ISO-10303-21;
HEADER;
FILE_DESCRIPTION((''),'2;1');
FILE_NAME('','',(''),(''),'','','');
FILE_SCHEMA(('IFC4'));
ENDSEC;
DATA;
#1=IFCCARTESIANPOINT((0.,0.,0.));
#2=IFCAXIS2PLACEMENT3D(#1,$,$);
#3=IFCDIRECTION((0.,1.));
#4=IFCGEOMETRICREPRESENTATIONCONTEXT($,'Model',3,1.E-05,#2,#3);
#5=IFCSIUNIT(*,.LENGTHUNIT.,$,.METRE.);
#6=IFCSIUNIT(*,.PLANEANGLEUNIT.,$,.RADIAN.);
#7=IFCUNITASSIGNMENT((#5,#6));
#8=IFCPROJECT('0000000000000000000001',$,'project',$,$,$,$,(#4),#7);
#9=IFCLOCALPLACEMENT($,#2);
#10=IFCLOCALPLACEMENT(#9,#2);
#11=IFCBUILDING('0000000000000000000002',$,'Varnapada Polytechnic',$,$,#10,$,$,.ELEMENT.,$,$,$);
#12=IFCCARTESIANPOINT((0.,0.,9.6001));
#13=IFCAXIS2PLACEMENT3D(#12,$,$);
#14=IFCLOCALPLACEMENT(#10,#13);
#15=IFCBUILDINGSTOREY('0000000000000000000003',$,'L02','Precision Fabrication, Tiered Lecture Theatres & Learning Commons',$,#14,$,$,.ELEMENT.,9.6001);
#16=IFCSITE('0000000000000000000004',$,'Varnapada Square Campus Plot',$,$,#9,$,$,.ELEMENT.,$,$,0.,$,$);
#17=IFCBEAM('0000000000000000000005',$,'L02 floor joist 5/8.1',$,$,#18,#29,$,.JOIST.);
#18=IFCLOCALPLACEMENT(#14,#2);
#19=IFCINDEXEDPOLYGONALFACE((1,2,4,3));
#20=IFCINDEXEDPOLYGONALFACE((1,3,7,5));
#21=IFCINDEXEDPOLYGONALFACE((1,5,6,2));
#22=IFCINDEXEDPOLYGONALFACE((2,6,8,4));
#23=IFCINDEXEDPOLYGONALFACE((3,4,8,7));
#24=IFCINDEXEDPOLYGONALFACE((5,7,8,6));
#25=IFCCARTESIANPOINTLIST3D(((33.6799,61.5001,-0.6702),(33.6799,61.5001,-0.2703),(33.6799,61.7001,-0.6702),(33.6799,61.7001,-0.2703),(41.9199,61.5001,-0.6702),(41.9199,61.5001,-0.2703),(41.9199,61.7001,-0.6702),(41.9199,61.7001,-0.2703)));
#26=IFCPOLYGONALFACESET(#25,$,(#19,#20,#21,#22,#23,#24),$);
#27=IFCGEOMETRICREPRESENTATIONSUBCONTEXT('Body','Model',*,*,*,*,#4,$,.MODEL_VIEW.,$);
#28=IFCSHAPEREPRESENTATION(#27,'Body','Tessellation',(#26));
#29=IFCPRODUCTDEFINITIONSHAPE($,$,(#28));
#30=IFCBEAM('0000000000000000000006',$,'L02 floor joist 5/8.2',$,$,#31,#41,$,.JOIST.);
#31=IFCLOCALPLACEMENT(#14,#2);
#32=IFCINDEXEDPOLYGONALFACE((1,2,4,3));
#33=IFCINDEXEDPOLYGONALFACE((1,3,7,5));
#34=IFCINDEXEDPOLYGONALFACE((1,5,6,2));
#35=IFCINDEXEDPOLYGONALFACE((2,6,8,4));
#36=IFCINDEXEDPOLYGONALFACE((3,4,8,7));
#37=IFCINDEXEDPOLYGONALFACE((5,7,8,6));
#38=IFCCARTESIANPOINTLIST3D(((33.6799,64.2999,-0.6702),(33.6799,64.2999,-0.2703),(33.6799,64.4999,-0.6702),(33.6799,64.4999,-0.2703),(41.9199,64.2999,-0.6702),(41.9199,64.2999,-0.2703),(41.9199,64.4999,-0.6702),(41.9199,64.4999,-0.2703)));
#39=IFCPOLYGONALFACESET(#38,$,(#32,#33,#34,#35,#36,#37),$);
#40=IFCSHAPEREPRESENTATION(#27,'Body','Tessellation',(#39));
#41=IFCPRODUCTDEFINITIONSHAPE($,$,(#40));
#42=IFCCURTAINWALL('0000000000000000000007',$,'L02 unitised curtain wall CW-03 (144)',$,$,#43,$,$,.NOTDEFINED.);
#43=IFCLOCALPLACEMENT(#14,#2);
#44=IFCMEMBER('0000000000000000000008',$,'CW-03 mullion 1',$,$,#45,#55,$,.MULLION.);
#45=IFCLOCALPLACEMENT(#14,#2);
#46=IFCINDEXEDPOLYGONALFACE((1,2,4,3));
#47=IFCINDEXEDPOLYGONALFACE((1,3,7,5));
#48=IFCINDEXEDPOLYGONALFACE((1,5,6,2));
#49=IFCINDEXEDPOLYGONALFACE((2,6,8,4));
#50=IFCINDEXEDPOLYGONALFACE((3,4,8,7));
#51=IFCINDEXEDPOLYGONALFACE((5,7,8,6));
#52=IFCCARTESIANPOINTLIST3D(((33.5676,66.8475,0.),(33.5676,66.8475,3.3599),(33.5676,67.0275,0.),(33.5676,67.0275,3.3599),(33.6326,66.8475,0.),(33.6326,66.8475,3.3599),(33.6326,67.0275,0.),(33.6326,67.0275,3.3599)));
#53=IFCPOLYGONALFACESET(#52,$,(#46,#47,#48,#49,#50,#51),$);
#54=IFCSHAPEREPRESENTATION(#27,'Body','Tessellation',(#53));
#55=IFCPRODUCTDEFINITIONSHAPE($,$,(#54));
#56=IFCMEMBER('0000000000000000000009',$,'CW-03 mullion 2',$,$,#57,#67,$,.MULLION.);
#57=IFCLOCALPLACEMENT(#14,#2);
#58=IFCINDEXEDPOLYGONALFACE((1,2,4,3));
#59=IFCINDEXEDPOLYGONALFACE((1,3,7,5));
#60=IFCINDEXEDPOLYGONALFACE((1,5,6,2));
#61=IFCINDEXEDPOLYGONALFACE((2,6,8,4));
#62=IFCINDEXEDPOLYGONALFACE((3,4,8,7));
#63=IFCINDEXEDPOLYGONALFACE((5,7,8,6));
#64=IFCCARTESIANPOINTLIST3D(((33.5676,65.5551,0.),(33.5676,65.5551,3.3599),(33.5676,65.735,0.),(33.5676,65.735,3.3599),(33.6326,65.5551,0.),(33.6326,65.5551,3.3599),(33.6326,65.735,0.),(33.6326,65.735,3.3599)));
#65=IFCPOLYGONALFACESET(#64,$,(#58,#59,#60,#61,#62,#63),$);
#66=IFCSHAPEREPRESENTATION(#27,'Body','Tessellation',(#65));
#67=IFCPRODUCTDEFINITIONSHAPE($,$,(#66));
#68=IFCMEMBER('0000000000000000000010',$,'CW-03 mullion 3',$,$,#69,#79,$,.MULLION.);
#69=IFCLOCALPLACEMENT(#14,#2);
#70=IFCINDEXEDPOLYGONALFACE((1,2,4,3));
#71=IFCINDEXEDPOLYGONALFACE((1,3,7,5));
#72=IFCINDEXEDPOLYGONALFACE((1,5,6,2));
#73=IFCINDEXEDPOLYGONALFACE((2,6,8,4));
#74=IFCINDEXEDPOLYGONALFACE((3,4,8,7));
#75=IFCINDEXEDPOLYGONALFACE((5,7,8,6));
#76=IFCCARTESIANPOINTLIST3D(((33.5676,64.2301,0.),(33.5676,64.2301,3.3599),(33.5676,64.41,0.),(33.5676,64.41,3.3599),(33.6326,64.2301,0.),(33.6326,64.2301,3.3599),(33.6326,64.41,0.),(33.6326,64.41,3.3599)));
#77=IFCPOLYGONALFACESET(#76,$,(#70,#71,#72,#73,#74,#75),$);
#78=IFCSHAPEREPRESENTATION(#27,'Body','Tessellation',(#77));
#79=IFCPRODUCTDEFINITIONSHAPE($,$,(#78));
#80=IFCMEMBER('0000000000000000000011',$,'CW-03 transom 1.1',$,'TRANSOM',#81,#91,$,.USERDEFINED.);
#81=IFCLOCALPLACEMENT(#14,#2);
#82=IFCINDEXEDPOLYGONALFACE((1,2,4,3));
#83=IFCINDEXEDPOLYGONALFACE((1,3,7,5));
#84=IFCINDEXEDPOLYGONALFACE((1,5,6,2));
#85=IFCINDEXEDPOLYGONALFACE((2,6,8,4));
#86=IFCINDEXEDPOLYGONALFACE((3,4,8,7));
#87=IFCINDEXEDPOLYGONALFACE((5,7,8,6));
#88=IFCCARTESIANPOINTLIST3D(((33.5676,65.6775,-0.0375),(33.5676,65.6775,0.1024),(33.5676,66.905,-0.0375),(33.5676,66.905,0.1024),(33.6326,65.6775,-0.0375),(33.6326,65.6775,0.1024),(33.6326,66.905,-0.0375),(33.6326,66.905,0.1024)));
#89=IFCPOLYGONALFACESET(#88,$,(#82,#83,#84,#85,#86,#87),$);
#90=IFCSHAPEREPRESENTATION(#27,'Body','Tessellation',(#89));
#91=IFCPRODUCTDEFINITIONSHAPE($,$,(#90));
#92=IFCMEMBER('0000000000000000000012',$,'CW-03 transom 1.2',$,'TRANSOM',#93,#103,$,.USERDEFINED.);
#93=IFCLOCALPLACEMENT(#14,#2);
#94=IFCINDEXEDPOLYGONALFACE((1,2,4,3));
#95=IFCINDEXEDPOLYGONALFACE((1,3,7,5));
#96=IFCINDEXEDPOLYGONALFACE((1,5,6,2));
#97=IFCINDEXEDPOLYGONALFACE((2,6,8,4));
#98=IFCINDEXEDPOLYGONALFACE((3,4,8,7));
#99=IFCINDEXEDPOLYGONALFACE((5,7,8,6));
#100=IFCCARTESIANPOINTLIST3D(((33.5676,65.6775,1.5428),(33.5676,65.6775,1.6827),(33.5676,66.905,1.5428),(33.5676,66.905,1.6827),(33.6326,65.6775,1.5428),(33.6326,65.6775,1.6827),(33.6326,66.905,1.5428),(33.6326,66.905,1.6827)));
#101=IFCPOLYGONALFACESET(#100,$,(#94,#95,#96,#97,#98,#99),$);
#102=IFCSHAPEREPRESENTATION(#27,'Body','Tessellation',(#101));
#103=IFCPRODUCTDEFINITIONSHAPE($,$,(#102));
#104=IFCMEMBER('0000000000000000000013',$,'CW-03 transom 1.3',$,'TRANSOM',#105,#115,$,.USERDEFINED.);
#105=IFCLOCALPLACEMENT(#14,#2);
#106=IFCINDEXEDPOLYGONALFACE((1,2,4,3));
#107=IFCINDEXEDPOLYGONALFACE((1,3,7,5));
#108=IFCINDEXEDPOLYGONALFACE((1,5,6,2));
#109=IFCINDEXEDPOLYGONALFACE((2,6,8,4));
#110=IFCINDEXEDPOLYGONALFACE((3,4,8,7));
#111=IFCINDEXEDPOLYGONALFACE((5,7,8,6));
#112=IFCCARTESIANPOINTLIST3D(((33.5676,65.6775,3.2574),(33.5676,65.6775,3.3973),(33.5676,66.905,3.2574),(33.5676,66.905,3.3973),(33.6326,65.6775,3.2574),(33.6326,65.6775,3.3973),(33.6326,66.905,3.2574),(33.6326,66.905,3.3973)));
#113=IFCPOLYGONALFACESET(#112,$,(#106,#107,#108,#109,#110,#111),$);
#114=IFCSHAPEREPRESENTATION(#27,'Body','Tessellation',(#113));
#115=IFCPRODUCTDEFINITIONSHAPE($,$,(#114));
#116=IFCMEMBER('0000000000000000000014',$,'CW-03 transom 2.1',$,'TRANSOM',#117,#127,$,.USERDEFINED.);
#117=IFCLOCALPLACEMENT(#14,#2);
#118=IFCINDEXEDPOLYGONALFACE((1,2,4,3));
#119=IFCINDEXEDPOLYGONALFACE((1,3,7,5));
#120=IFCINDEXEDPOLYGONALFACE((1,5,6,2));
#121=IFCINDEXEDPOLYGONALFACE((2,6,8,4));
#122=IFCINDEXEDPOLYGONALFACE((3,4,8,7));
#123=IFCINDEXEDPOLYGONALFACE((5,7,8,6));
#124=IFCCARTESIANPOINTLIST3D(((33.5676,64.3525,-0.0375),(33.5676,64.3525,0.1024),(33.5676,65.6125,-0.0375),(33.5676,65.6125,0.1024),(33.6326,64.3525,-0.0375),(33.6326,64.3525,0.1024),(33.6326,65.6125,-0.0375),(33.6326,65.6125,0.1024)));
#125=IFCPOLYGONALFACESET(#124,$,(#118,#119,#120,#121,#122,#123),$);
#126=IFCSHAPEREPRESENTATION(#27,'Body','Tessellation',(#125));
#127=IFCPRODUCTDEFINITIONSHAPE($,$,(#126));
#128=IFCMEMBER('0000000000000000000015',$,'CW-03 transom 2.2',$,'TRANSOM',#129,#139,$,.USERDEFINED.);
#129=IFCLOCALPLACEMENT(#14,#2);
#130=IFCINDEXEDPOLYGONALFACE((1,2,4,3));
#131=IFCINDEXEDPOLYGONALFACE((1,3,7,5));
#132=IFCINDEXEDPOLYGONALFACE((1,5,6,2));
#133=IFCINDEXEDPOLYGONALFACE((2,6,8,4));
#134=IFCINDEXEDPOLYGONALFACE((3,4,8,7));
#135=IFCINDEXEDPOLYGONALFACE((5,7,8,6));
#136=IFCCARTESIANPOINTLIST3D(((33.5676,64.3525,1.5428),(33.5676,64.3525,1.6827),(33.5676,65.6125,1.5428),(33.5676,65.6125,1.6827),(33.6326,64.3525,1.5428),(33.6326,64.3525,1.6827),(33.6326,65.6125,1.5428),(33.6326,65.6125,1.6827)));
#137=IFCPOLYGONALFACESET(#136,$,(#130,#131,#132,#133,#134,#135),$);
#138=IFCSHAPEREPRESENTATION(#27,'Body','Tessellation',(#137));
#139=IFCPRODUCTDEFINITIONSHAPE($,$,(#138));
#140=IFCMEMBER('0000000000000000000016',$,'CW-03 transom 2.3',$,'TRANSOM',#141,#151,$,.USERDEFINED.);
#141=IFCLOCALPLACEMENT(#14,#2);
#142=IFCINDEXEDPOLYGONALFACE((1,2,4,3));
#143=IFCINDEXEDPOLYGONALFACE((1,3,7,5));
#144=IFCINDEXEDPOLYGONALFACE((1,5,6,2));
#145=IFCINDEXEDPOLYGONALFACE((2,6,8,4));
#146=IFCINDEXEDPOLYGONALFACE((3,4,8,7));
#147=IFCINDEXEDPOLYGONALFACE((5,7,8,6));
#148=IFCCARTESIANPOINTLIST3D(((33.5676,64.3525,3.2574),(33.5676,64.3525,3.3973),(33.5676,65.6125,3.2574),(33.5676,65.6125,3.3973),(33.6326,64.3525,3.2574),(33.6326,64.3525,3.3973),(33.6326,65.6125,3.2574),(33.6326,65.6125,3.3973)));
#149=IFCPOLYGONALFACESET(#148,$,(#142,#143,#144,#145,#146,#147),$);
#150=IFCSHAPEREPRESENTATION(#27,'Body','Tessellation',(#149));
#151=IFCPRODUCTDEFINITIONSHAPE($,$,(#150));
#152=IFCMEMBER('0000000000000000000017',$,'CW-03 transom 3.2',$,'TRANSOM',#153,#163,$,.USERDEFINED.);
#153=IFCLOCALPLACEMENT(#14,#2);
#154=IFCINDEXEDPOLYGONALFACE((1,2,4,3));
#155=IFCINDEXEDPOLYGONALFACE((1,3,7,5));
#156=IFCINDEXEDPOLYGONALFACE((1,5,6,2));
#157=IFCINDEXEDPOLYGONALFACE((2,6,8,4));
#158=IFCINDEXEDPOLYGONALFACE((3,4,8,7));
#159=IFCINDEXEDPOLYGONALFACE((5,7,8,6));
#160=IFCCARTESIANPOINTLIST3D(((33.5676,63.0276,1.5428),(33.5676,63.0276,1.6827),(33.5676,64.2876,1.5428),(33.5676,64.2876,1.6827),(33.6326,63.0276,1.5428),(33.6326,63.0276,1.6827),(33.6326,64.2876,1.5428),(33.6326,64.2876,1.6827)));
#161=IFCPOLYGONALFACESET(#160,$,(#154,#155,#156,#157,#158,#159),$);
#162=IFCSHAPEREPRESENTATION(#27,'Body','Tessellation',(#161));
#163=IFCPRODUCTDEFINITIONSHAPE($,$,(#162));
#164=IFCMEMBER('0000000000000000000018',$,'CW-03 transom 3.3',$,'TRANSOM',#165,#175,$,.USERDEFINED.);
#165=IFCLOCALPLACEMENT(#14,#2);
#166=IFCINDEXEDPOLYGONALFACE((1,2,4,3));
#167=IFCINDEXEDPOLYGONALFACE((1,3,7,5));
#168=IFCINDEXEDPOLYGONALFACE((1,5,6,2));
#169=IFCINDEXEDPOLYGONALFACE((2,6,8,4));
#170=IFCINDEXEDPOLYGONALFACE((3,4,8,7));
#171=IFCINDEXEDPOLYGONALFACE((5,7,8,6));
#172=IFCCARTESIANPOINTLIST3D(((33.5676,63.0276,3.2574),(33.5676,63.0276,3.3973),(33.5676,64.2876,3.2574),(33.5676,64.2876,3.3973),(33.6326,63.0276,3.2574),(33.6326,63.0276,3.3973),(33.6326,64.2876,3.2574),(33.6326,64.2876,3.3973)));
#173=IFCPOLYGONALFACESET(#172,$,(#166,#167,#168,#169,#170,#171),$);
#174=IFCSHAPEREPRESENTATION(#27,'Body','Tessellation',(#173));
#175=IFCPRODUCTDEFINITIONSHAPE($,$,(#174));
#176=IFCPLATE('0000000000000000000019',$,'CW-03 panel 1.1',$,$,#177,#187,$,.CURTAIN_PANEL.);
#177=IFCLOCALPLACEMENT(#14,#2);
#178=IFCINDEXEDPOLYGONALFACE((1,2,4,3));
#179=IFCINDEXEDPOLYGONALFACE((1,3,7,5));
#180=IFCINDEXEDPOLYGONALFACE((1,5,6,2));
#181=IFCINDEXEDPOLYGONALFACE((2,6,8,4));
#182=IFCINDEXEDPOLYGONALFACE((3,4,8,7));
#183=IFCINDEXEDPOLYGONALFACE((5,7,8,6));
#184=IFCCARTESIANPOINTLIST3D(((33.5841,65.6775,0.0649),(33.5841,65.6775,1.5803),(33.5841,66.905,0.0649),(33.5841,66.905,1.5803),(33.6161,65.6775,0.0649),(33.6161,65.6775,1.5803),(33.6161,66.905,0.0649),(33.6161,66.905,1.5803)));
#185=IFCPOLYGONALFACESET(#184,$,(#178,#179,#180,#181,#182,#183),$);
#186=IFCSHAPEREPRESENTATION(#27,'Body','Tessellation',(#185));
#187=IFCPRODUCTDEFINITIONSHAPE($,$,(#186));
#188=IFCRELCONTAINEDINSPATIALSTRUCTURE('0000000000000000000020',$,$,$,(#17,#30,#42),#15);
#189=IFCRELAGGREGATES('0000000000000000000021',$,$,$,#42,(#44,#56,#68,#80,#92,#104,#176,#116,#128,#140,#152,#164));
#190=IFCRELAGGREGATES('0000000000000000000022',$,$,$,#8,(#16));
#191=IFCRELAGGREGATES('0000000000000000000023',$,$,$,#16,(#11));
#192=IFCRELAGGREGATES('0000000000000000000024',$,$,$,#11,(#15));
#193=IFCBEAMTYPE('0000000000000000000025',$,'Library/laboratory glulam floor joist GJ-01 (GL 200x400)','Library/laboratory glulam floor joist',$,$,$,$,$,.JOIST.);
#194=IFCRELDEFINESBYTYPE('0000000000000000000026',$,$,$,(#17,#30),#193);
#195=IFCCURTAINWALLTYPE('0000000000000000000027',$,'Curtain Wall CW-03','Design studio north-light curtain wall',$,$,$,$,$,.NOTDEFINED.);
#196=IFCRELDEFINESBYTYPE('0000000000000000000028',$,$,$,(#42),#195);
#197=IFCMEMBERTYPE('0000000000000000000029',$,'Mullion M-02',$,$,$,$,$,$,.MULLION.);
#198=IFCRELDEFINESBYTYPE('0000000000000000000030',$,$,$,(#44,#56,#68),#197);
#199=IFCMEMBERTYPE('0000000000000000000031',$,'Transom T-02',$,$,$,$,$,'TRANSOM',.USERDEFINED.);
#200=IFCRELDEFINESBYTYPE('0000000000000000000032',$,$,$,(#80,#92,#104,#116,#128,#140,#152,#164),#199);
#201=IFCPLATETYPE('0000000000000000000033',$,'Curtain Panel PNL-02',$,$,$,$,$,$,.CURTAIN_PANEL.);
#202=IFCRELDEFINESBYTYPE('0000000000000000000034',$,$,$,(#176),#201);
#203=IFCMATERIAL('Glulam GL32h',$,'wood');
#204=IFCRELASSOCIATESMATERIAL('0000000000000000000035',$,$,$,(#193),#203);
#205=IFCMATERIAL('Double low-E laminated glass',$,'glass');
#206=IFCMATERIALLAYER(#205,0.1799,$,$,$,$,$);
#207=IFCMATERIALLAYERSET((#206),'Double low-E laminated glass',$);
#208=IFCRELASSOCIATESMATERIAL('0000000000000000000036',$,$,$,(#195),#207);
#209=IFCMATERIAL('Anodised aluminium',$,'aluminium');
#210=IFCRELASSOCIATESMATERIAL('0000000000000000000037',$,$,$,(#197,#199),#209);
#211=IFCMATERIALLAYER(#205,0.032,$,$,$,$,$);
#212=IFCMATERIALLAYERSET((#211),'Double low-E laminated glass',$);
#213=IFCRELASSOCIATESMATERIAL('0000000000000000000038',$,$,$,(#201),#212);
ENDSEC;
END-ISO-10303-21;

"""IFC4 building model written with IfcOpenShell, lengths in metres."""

from ifc_helpers import new_model, si_unit, direction, frame, origin, origin_2d, place, context, subcontext, project, spatial, rectangle, extrude, material, layer, layer_set, material_profile, profile_set, type_object, element, aggregate, save


model = new_model("IFC4")

# Units and contexts
model_context = context("Model", 3, precision=1e-05, world=origin(), true_north=direction((0.0, 1.0)))
body_context = subcontext(model_context, "Body", "Model", "MODEL_VIEW")
ifc_project = project(units=[si_unit("LENGTHUNIT", "METRE"), si_unit("PLANEANGLEUNIT", "RADIAN")], contexts=[model_context])

# Site, building, storey
site_placement = place(None, origin())
site = spatial("IfcSite", under=ifc_project, at=site_placement, Name="Varnapada Square Campus Plot", CompositionType="ELEMENT", RefElevation=0.0)
building_placement = place(site_placement, origin())
building = spatial("IfcBuilding", under=site, at=building_placement, Name="Varnapada Polytechnic", CompositionType="ELEMENT")
storey_placement = place(building_placement, frame((0.0, 0.0, 9.6001)))
storey = spatial("IfcBuildingStorey", under=building, at=storey_placement, Name="L02", Description="Precision Fabrication, Tiered Lecture Theatres & Learning Commons", CompositionType="ELEMENT", Elevation=9.6001)

# Beams
ifc_material_1 = material(Name="Glulam GL32h", Category="wood")
ifc_material_profile_1 = material_profile(ifc_material_1, rectangle(XDim=0.2, YDim=0.3999, at=origin_2d()), Name="GL 200x400")
ifc_profile_set_1 = profile_set([ifc_material_profile_1], Name="Glulam GL32h")
beam_type = type_object("IfcBeamType", Name="Library/laboratory glulam floor joist GJ-01 (GL 200x400)", Description="Library/laboratory glulam floor joist", PredefinedType="JOIST", material=ifc_profile_set_1)
for number, where, z_axis, x_axis, name in (
    (1, (33.6799, 61.6001, -0.4702), (1.0, 0.0, 0.0), (0.0, 1.0, 0.0), "L02 floor joist 5/8.1"),
    (2, (33.6799, 64.3999, -0.4702), (1.0, 0.0, 0.0), (0.0, 1.0, 0.0), "L02 floor joist 5/8.2"),
):
    element("IfcBeam", number, at=place(storey_placement, frame(where, z_axis=z_axis, x_axis=x_axis)), inside=storey, type_object=beam_type, Name=name, PredefinedType="JOIST", context=body_context, shape_type="SweptSolid", body=[
        extrude(rectangle(XDim=0.2, YDim=0.3999, at=origin_2d()), origin(), (0.0, 0.0, 1.0), 8.24),
    ])

# Curtain wall, members, plate
ifc_material_2 = material(Name="Double low-E laminated glass", Category="glass")
ifc_layer_1 = layer(ifc_material_2, 0.1799)
ifc_layer_set_1 = layer_set([ifc_layer_1], Name="Double low-E laminated glass")
curtain_wall_type = type_object("IfcCurtainWallType", Name="Curtain Wall CW-03", Description="Design studio north-light curtain wall", PredefinedType="NOTDEFINED", material=ifc_layer_set_1)
curtain_wall_placement = place(storey_placement, origin())
curtain_wall = element("IfcCurtainWall", 3, at=curtain_wall_placement, inside=storey, type_object=curtain_wall_type, Name="L02 unitised curtain wall CW-03 (144)", PredefinedType="NOTDEFINED")
ifc_material_3 = material(Name="Anodised aluminium", Category="aluminium")
ifc_material_profile_2 = material_profile(ifc_material_3, rectangle(XDim=0.0649, YDim=0.1799, at=origin_2d()), Name="ALU M65x180")
ifc_profile_set_2 = profile_set([ifc_material_profile_2], Name="Anodised aluminium")
member_type_1 = type_object("IfcMemberType", Name="Mullion M-02", PredefinedType="MULLION", material=ifc_profile_set_2)
member_1_placement = place(storey_placement, frame((33.6001, 66.9375, 0.0), z_axis=(0.0, 0.0, 1.0), x_axis=(1.0, 0.0, 0.0)))
member_1 = element("IfcMember", 4, at=member_1_placement, type_object=member_type_1, Name="CW-03 mullion 1", PredefinedType="MULLION", context=body_context, shape_type="SweptSolid", body=[
    extrude(rectangle(XDim=0.0649, YDim=0.1799, at=origin_2d()), origin(), (0.0, 0.0, 1.0), 3.3599),
])
member_2_placement = place(storey_placement, frame((33.6001, 65.645, 0.0), z_axis=(0.0, 0.0, 1.0), x_axis=(1.0, 0.0, 0.0)))
member_2 = element("IfcMember", 5, at=member_2_placement, type_object=member_type_1, Name="CW-03 mullion 2", PredefinedType="MULLION", context=body_context, shape_type="SweptSolid", body=[
    extrude(rectangle(XDim=0.0649, YDim=0.1799, at=origin_2d()), origin(), (0.0, 0.0, 1.0), 3.3599),
])
member_3_placement = place(storey_placement, frame((33.6001, 64.3201, 0.0), z_axis=(0.0, 0.0, 1.0), x_axis=(1.0, 0.0, 0.0)))
member_3 = element("IfcMember", 6, at=member_3_placement, type_object=member_type_1, Name="CW-03 mullion 3", PredefinedType="MULLION", context=body_context, shape_type="SweptSolid", body=[
    extrude(rectangle(XDim=0.0649, YDim=0.1799, at=origin_2d()), origin(), (0.0, 0.0, 1.0), 3.3599),
])
ifc_material_profile_3 = material_profile(ifc_material_3, rectangle(XDim=0.0649, YDim=0.1399, at=origin_2d()), Name="ALU T65x140")
ifc_profile_set_3 = profile_set([ifc_material_profile_3], Name="Anodised aluminium")
member_type_2 = type_object("IfcMemberType", Name="Transom T-02", ElementType="TRANSOM", PredefinedType="USERDEFINED", material=ifc_profile_set_3)
member_4_placement = place(storey_placement, frame((33.6001, 66.905, 0.0325), z_axis=(0.0, -1.0, 0.0), x_axis=(1.0, 0.0, 0.0)))
member_4 = element("IfcMember", 7, at=member_4_placement, type_object=member_type_2, Name="CW-03 transom 1.1", ObjectType="TRANSOM", PredefinedType="USERDEFINED", context=body_context, shape_type="SweptSolid", body=[
    extrude(rectangle(XDim=0.0649, YDim=0.1399, at=origin_2d()), origin(), (0.0, 0.0, 1.0), 1.2275),
])
member_5_placement = place(storey_placement, frame((33.6001, 66.905, 1.6128), z_axis=(0.0, -1.0, 0.0), x_axis=(1.0, 0.0, 0.0)))
member_5 = element("IfcMember", 8, at=member_5_placement, type_object=member_type_2, Name="CW-03 transom 1.2", ObjectType="TRANSOM", PredefinedType="USERDEFINED", context=body_context, shape_type="SweptSolid", body=[
    extrude(rectangle(XDim=0.0649, YDim=0.1399, at=origin_2d()), origin(), (0.0, 0.0, 1.0), 1.2275),
])
member_6_placement = place(storey_placement, frame((33.6001, 66.905, 3.3274), z_axis=(0.0, -1.0, 0.0), x_axis=(1.0, 0.0, 0.0)))
member_6 = element("IfcMember", 9, at=member_6_placement, type_object=member_type_2, Name="CW-03 transom 1.3", ObjectType="TRANSOM", PredefinedType="USERDEFINED", context=body_context, shape_type="SweptSolid", body=[
    extrude(rectangle(XDim=0.0649, YDim=0.1399, at=origin_2d()), origin(), (0.0, 0.0, 1.0), 1.2275),
])
member_7_placement = place(storey_placement, frame((33.6001, 65.6125, 0.0325), z_axis=(0.0, -1.0, 0.0), x_axis=(1.0, 0.0, 0.0)))
member_7 = element("IfcMember", 10, at=member_7_placement, type_object=member_type_2, Name="CW-03 transom 2.1", ObjectType="TRANSOM", PredefinedType="USERDEFINED", context=body_context, shape_type="SweptSolid", body=[
    extrude(rectangle(XDim=0.0649, YDim=0.1399, at=origin_2d()), origin(), (0.0, 0.0, 1.0), 1.26),
])
member_8_placement = place(storey_placement, frame((33.6001, 65.6125, 1.6128), z_axis=(0.0, -1.0, 0.0), x_axis=(1.0, 0.0, 0.0)))
member_8 = element("IfcMember", 11, at=member_8_placement, type_object=member_type_2, Name="CW-03 transom 2.2", ObjectType="TRANSOM", PredefinedType="USERDEFINED", context=body_context, shape_type="SweptSolid", body=[
    extrude(rectangle(XDim=0.0649, YDim=0.1399, at=origin_2d()), origin(), (0.0, 0.0, 1.0), 1.26),
])
member_9_placement = place(storey_placement, frame((33.6001, 65.6125, 3.3274), z_axis=(0.0, -1.0, 0.0), x_axis=(1.0, 0.0, 0.0)))
member_9 = element("IfcMember", 12, at=member_9_placement, type_object=member_type_2, Name="CW-03 transom 2.3", ObjectType="TRANSOM", PredefinedType="USERDEFINED", context=body_context, shape_type="SweptSolid", body=[
    extrude(rectangle(XDim=0.0649, YDim=0.1399, at=origin_2d()), origin(), (0.0, 0.0, 1.0), 1.26),
])
member_10_placement = place(storey_placement, frame((33.6001, 64.2876, 1.6128), z_axis=(0.0, -1.0, 0.0), x_axis=(1.0, 0.0, 0.0)))
member_10 = element("IfcMember", 13, at=member_10_placement, type_object=member_type_2, Name="CW-03 transom 3.2", ObjectType="TRANSOM", PredefinedType="USERDEFINED", context=body_context, shape_type="SweptSolid", body=[
    extrude(rectangle(XDim=0.0649, YDim=0.1399, at=origin_2d()), origin(), (0.0, 0.0, 1.0), 1.26),
])
member_11_placement = place(storey_placement, frame((33.6001, 64.2876, 3.3274), z_axis=(0.0, -1.0, 0.0), x_axis=(1.0, 0.0, 0.0)))
member_11 = element("IfcMember", 14, at=member_11_placement, type_object=member_type_2, Name="CW-03 transom 3.3", ObjectType="TRANSOM", PredefinedType="USERDEFINED", context=body_context, shape_type="SweptSolid", body=[
    extrude(rectangle(XDim=0.0649, YDim=0.1399, at=origin_2d()), origin(), (0.0, 0.0, 1.0), 1.26),
])
ifc_layer_2 = layer(ifc_material_2, 0.032)
ifc_layer_set_2 = layer_set([ifc_layer_2], Name="Double low-E laminated glass")
plate_type = type_object("IfcPlateType", Name="Curtain Panel PNL-02", PredefinedType="CURTAIN_PANEL", material=ifc_layer_set_2)
plate_1_placement = place(storey_placement, frame((33.6001, 66.2913, 0.0649), z_axis=(0.0, 0.0, 1.0), x_axis=(0.0, -1.0, 0.0)))
plate_1 = element("IfcPlate", 15, at=plate_1_placement, type_object=plate_type, Name="CW-03 panel 1.1", PredefinedType="CURTAIN_PANEL", context=body_context, shape_type="SweptSolid", body=[
    extrude(rectangle(XDim=1.2275, YDim=0.032, at=origin_2d()), origin(), (0.0, 0.0, 1.0), 1.5154),
])
aggregate(curtain_wall, [member_1, member_2, member_3, member_4, member_5, member_6, plate_1, member_7, member_8, member_9, member_10, member_11])

save(model, "model.ifc")
